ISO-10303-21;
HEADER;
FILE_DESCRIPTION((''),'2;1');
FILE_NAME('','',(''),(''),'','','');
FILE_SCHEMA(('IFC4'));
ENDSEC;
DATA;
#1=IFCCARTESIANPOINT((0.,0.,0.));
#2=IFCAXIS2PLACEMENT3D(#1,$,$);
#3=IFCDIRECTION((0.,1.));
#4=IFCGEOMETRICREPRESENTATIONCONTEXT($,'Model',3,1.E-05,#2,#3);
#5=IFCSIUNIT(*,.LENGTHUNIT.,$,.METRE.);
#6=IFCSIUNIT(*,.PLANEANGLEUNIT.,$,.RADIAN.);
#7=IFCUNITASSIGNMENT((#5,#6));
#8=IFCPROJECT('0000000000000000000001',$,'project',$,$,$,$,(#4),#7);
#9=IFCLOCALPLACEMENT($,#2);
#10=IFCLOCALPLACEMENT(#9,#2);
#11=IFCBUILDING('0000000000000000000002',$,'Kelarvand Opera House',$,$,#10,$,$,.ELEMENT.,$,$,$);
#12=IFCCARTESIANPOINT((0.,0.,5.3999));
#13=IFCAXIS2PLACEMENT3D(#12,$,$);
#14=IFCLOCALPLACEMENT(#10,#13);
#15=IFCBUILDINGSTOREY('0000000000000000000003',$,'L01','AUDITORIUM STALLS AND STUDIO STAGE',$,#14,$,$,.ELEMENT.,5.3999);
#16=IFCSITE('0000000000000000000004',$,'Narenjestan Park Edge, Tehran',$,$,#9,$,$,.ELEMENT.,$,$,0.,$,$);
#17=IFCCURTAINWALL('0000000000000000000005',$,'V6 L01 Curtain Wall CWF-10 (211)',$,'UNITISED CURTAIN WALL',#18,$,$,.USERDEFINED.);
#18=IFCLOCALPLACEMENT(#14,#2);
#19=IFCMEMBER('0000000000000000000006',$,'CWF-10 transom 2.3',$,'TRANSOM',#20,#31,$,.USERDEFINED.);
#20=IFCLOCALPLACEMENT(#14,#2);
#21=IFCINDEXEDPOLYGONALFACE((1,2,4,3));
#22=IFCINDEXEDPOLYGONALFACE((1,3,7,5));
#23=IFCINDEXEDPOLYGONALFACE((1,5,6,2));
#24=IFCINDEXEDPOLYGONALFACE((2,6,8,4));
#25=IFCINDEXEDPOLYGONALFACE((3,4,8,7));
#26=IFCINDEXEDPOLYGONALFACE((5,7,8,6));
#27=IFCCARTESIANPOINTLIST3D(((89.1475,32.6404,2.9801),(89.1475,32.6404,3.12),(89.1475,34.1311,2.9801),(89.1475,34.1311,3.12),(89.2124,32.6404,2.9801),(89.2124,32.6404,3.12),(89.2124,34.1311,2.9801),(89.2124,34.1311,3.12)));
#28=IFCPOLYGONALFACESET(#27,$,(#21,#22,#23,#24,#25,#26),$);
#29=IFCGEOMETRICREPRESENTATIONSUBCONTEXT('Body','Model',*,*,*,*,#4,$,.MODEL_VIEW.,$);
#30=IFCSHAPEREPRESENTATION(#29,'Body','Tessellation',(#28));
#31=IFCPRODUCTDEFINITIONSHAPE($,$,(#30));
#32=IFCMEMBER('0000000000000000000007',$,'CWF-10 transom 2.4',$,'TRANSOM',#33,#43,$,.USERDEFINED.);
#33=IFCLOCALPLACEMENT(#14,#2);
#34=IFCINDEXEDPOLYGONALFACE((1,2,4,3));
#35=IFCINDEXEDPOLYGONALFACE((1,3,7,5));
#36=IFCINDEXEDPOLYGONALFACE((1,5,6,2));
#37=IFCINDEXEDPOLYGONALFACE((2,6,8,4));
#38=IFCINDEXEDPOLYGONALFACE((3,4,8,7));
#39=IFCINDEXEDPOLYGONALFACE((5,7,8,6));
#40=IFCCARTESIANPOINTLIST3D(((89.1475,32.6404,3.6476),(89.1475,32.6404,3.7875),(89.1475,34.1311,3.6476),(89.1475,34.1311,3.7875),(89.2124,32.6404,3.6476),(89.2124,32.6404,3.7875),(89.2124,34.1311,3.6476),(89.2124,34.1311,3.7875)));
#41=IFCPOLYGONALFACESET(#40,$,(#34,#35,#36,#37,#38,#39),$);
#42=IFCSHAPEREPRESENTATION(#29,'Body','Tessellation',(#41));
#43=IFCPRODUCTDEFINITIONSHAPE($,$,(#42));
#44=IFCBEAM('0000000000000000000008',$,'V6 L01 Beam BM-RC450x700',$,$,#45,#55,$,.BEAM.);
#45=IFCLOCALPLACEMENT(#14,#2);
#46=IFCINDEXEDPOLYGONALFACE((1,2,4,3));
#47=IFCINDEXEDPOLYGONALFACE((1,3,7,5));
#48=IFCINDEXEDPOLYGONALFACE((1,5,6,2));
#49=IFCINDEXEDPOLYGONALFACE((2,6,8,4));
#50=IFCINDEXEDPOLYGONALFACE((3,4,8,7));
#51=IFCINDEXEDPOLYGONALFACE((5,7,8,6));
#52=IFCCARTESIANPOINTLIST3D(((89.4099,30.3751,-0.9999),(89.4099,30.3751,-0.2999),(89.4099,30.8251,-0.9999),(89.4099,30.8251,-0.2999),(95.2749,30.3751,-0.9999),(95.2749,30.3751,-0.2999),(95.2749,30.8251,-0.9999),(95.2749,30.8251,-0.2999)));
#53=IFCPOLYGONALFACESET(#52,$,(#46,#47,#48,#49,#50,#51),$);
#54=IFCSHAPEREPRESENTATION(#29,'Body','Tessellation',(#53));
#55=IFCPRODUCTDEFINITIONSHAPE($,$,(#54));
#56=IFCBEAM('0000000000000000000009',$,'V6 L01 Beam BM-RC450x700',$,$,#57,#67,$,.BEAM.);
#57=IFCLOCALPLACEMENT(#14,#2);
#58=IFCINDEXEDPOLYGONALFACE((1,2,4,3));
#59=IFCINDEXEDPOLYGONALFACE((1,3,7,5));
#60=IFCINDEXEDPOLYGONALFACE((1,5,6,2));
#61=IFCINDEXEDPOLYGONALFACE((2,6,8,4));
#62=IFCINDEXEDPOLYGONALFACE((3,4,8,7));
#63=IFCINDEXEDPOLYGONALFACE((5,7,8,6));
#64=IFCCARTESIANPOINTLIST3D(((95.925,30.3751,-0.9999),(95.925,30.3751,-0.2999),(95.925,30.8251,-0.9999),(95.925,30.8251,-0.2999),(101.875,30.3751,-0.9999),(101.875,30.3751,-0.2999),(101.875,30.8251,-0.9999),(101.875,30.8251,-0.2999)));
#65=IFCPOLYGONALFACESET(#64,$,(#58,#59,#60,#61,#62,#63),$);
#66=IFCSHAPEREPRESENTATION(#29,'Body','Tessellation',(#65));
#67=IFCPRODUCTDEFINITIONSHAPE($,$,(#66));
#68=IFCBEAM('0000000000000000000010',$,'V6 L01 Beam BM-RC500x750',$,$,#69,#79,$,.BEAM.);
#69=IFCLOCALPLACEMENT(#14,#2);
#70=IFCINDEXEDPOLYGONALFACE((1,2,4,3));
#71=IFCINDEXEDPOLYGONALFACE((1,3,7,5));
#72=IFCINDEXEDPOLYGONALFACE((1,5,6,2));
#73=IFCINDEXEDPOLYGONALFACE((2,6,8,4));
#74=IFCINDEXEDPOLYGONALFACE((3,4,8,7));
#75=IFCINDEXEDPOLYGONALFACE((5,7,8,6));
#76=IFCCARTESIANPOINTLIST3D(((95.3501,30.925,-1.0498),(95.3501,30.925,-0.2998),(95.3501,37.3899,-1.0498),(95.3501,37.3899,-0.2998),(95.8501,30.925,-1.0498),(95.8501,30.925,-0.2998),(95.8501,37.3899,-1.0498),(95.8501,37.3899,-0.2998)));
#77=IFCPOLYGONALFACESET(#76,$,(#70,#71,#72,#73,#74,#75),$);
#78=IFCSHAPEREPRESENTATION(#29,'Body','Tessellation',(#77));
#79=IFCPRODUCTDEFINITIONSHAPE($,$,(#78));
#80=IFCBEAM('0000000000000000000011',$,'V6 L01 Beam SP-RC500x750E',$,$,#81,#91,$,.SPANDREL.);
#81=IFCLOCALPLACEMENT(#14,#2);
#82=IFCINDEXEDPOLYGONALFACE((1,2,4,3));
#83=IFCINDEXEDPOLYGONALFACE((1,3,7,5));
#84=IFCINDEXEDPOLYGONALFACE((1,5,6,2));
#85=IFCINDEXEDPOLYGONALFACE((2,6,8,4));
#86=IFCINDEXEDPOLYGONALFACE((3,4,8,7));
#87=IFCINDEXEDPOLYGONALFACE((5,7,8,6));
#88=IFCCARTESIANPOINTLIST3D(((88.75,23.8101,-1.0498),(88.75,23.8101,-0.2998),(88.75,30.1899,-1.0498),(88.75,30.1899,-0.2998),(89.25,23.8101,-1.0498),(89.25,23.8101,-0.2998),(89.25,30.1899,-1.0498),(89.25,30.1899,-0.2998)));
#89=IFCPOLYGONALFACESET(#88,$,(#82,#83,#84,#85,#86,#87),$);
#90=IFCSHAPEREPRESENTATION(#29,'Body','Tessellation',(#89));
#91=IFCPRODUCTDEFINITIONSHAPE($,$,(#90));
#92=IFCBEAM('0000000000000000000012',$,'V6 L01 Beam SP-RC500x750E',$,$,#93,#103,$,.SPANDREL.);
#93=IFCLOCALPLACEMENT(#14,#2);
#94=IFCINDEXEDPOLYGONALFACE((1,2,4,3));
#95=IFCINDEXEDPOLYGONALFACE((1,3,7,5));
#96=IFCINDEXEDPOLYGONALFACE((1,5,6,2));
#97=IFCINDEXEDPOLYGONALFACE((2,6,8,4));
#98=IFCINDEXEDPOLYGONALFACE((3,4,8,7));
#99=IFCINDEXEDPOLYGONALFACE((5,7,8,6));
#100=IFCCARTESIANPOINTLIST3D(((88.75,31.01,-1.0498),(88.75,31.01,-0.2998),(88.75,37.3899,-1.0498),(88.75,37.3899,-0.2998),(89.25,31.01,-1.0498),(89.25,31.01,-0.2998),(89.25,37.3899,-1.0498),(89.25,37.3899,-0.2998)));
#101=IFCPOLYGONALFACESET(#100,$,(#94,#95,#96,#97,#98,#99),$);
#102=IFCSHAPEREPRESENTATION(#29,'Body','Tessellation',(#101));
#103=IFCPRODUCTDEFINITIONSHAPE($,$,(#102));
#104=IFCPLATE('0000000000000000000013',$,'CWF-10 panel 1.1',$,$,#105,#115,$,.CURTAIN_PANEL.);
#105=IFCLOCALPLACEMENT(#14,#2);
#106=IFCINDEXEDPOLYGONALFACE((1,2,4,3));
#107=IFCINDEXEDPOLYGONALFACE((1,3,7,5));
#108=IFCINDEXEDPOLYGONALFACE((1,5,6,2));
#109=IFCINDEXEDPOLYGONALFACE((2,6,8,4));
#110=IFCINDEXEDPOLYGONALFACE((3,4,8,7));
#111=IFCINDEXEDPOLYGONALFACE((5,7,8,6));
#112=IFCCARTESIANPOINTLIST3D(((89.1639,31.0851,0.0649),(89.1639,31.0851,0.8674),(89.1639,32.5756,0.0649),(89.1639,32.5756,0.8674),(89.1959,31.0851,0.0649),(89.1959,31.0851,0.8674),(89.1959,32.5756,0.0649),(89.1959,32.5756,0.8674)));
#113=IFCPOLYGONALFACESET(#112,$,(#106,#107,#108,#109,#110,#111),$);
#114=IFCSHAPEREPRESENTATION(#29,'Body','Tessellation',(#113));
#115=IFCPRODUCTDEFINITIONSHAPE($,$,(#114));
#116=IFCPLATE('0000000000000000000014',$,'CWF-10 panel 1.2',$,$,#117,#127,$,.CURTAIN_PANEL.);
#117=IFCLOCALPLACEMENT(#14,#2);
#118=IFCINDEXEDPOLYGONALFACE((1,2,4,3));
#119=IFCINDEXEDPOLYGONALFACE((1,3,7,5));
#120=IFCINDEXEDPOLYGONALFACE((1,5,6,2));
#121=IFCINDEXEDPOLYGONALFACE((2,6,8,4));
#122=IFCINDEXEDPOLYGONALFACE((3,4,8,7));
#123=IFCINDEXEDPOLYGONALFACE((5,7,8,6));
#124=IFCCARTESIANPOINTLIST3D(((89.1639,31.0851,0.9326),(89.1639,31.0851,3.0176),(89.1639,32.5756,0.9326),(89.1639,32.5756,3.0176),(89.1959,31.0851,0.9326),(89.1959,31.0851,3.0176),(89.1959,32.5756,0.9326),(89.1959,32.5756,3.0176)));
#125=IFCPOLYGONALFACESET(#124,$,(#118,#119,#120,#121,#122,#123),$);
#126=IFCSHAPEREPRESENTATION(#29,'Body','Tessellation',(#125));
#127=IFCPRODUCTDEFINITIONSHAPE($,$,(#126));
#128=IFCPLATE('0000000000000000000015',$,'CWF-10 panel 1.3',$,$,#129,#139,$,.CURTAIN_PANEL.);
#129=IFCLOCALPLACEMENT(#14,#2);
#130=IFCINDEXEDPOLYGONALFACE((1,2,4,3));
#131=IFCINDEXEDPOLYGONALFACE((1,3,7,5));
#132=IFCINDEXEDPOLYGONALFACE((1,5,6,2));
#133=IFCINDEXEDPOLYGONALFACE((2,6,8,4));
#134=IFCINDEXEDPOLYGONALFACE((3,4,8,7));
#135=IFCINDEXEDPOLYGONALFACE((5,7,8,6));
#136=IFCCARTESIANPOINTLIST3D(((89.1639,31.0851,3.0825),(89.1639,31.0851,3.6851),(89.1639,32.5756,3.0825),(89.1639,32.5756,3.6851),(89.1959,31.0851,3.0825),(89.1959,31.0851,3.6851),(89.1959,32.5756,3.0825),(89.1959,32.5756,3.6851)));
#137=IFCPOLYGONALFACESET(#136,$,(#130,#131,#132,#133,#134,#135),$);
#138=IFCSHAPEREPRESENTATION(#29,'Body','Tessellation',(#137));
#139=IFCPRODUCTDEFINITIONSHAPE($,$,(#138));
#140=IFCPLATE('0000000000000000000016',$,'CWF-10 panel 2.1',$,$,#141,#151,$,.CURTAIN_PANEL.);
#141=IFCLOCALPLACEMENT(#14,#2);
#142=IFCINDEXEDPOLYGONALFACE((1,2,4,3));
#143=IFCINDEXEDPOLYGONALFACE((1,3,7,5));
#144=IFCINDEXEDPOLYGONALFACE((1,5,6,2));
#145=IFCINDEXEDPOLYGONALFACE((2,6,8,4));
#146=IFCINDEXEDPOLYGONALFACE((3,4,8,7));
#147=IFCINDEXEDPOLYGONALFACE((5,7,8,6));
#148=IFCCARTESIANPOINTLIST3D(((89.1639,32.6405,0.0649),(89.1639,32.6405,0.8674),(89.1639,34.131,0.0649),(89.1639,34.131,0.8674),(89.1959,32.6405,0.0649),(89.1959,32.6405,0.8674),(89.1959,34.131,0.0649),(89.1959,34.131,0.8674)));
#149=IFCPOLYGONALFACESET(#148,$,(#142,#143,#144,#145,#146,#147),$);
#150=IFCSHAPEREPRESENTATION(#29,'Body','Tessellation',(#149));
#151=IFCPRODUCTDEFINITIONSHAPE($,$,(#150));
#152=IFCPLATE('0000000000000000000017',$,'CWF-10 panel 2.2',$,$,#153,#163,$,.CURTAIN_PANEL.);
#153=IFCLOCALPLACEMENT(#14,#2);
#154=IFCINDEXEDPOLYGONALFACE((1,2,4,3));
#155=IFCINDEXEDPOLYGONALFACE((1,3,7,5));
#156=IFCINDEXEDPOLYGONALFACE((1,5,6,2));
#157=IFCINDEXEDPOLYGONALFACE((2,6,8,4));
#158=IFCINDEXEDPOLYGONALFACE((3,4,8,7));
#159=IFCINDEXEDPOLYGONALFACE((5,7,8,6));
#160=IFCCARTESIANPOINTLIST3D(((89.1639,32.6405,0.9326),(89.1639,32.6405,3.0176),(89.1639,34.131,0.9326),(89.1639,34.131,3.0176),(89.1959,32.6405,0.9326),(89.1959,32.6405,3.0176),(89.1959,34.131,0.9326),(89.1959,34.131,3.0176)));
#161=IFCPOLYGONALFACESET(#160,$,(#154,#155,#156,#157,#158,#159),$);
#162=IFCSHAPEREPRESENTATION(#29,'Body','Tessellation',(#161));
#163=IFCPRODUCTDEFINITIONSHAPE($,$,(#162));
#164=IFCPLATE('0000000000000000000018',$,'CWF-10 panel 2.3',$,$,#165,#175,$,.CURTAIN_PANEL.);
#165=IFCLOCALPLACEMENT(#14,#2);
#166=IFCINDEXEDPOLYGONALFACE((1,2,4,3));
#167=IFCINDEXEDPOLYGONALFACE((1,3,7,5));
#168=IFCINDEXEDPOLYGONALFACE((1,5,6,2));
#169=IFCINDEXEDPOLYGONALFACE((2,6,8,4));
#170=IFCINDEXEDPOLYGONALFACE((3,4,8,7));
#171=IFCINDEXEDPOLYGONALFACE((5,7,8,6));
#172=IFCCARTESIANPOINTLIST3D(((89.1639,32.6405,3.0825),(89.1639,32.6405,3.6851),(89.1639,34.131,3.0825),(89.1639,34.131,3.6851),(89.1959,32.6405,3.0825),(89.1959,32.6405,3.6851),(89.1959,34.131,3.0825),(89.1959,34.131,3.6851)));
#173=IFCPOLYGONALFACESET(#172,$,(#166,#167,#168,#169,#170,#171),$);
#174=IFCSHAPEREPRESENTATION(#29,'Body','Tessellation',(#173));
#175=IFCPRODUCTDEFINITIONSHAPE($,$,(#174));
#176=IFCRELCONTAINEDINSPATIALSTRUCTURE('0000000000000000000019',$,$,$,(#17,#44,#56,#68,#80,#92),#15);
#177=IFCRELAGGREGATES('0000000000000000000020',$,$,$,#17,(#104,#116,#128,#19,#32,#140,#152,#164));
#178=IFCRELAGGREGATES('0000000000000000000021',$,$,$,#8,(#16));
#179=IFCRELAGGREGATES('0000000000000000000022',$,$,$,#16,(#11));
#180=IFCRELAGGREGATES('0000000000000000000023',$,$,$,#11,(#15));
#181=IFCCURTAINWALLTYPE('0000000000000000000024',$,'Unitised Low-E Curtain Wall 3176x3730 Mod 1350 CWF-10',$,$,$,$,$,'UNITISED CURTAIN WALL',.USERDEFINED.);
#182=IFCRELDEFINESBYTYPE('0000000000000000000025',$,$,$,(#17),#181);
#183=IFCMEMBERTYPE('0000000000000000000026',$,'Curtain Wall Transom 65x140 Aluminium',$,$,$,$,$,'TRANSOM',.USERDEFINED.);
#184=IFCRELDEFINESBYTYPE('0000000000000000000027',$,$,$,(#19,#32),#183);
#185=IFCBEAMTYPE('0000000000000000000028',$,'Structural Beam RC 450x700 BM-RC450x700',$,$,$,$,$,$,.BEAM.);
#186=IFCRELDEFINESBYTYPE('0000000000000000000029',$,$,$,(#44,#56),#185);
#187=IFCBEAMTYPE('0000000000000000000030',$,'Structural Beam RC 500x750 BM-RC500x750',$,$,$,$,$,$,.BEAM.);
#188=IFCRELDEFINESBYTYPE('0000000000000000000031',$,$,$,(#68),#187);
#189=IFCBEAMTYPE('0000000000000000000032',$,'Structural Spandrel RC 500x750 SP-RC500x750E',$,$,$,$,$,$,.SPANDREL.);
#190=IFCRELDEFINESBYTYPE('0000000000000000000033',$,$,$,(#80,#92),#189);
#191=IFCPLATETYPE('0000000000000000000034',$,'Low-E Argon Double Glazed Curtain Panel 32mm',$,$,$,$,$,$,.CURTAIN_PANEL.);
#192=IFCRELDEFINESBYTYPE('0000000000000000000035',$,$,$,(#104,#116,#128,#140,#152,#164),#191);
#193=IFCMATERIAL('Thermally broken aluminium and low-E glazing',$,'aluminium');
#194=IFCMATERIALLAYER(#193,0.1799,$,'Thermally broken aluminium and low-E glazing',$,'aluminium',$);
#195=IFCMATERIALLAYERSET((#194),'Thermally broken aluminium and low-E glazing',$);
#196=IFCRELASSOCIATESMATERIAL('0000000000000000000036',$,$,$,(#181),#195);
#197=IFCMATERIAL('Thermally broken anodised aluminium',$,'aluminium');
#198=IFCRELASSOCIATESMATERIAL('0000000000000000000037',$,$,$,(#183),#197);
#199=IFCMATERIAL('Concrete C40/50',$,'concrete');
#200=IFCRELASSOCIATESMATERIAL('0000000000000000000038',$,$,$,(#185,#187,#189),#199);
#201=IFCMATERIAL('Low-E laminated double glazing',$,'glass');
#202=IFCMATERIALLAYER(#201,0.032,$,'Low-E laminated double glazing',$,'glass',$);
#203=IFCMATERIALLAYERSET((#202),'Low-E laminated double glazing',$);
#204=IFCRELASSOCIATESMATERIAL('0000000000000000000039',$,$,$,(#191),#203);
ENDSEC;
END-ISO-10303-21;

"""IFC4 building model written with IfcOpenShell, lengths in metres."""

from ifc_helpers import new_model, si_unit, direction, frame, origin, origin_2d, place, context, subcontext, project, spatial, rectangle, extrude, material, layer, layer_set, material_profile, profile_set, type_object, element, aggregate, save


model = new_model("IFC4")

# Units and contexts
model_context = context("Model", 3, precision=1e-05, world=origin(), true_north=direction((0.0, 1.0)))
body_context = subcontext(model_context, "Body", "Model", "MODEL_VIEW")
ifc_project = project(units=[si_unit("LENGTHUNIT", "METRE"), si_unit("PLANEANGLEUNIT", "RADIAN")], contexts=[model_context])

# Site, building, storey
site_placement = place(None, origin())
site = spatial("IfcSite", under=ifc_project, at=site_placement, Name="Narenjestan Park Edge, Tehran", CompositionType="ELEMENT", RefElevation=0.0)
building_placement = place(site_placement, origin())
building = spatial("IfcBuilding", under=site, at=building_placement, Name="Kelarvand Opera House", CompositionType="ELEMENT")
storey_placement = place(building_placement, frame((0.0, 0.0, 5.3999)))
storey = spatial("IfcBuildingStorey", under=building, at=storey_placement, Name="L01", Description="AUDITORIUM STALLS AND STUDIO STAGE", CompositionType="ELEMENT", Elevation=5.3999)

# Shared definitions
ifc_material_1 = material(Name="Concrete C40/50", Category="concrete")

# Shared definitions
ifc_material_2 = material(Name="Thermally broken aluminium and low-E glazing", Category="aluminium")
ifc_layer_1 = layer(ifc_material_2, 0.1799, Name="Thermally broken aluminium and low-E glazing", Category="aluminium")
ifc_layer_set_1 = layer_set([ifc_layer_1], Name="Thermally broken aluminium and low-E glazing")
curtain_wall_type = type_object("IfcCurtainWallType", Name="Unitised Low-E Curtain Wall 3176x3730 Mod 1350 CWF-10", ElementType="UNITISED CURTAIN WALL", PredefinedType="USERDEFINED", material=ifc_layer_set_1)
ifc_material_3 = material(Name="Thermally broken anodised aluminium", Category="aluminium")

# Curtain wall, members
curtain_wall_1_placement = place(storey_placement, origin())
curtain_wall_1 = element("IfcCurtainWall", 1, at=curtain_wall_1_placement, inside=storey, type_object=curtain_wall_type, Name="V6 L01 Curtain Wall CWF-10 (211)", ObjectType="UNITISED CURTAIN WALL", PredefinedType="USERDEFINED")
ifc_material_profile_1 = material_profile(ifc_material_3, rectangle(XDim=0.0649, YDim=0.1399, at=origin_2d()), Name="ALU TRANSOM 65x140", Category="aluminium")
ifc_profile_set_1 = profile_set([ifc_material_profile_1], Name="Thermally broken anodised aluminium")
member_type_1 = type_object("IfcMemberType", Name="Curtain Wall Transom 65x140 Aluminium", ElementType="TRANSOM", PredefinedType="USERDEFINED", material=ifc_profile_set_1)
member_1_placement = place(storey_placement, frame((89.1799, 32.6404, 3.05), z_axis=(0.0, 1.0, 0.0), x_axis=(-1.0, 0.0, 0.0)))
member_1 = element("IfcMember", 2, at=member_1_placement, type_object=member_type_1, Name="CWF-10 transom 2.3", ObjectType="TRANSOM", PredefinedType="USERDEFINED", context=body_context, shape_type="SweptSolid", body=[
    extrude(rectangle(XDim=0.0649, YDim=0.1399, at=origin_2d()), origin(), (0.0, 0.0, 1.0), 1.4907),
])
member_2_placement = place(storey_placement, frame((89.1799, 32.6404, 3.7175), z_axis=(0.0, 1.0, 0.0), x_axis=(-1.0, 0.0, 0.0)))
member_2 = element("IfcMember", 3, at=member_2_placement, type_object=member_type_1, Name="CWF-10 transom 2.4", ObjectType="TRANSOM", PredefinedType="USERDEFINED", context=body_context, shape_type="SweptSolid", body=[
    extrude(rectangle(XDim=0.0649, YDim=0.1399, at=origin_2d()), origin(), (0.0, 0.0, 1.0), 1.4907),
])

# Beams
ifc_material_profile_2 = material_profile(ifc_material_1, rectangle(XDim=0.45, YDim=0.7, at=origin_2d()), Name="RC 450x700", Category="concrete")
ifc_profile_set_2 = profile_set([ifc_material_profile_2], Name="Concrete C40/50")
beam_type_1 = type_object("IfcBeamType", Name="Structural Beam RC 450x700 BM-RC450x700", PredefinedType="BEAM", material=ifc_profile_set_2)
beam_1_placement = place(storey_placement, frame((89.4099, 30.6001, -0.6499), z_axis=(1.0, 0.0, 0.0), x_axis=(0.0, 1.0, 0.0)))
element("IfcBeam", 4, at=beam_1_placement, inside=storey, type_object=beam_type_1, Name="V6 L01 Beam BM-RC450x700", PredefinedType="BEAM", context=body_context, shape_type="SweptSolid", body=[
    extrude(rectangle(XDim=0.45, YDim=0.7, at=origin_2d()), origin(), (0.0, 0.0, 1.0), 5.865),
])
beam_2_placement = place(storey_placement, frame((95.925, 30.6001, -0.6499), z_axis=(1.0, 0.0, 0.0), x_axis=(0.0, 1.0, 0.0)))
element("IfcBeam", 5, at=beam_2_placement, inside=storey, type_object=beam_type_1, Name="V6 L01 Beam BM-RC450x700", PredefinedType="BEAM", context=body_context, shape_type="SweptSolid", body=[
    extrude(rectangle(XDim=0.45, YDim=0.7, at=origin_2d()), origin(), (0.0, 0.0, 1.0), 5.95),
])
ifc_material_profile_3 = material_profile(ifc_material_1, rectangle(XDim=0.5, YDim=0.75, at=origin_2d()), Name="RC 500x750", Category="concrete")
ifc_profile_set_3 = profile_set([ifc_material_profile_3], Name="Concrete C40/50")
beam_type_2 = type_object("IfcBeamType", Name="Structural Beam RC 500x750 BM-RC500x750", PredefinedType="BEAM", material=ifc_profile_set_3)
beam_3_placement = place(storey_placement, frame((95.6001, 30.925, -0.6748), z_axis=(0.0, 1.0, 0.0), x_axis=(-1.0, 0.0, 0.0)))
element("IfcBeam", 6, at=beam_3_placement, inside=storey, type_object=beam_type_2, Name="V6 L01 Beam BM-RC500x750", PredefinedType="BEAM", context=body_context, shape_type="SweptSolid", body=[
    extrude(rectangle(XDim=0.5, YDim=0.75, at=origin_2d()), origin(), (0.0, 0.0, 1.0), 6.4648),
])
ifc_material_profile_4 = material_profile(ifc_material_1, rectangle(XDim=0.5, YDim=0.75, at=origin_2d()), Name="RC 500x750", Category="concrete")
ifc_profile_set_4 = profile_set([ifc_material_profile_4], Name="Concrete C40/50")
beam_type_3 = type_object("IfcBeamType", Name="Structural Spandrel RC 500x750 SP-RC500x750E", PredefinedType="SPANDREL", material=ifc_profile_set_4)
for number, where, z_axis, x_axis, name in (
    (7, (89.0, 23.8101, -0.6748), (0.0, 1.0, 0.0), (-1.0, 0.0, 0.0), "V6 L01 Beam SP-RC500x750E"),
    (8, (89.0, 31.01, -0.6748), (0.0, 1.0, 0.0), (-1.0, 0.0, 0.0), "V6 L01 Beam SP-RC500x750E"),
):
    element("IfcBeam", number, at=place(storey_placement, frame(where, z_axis=z_axis, x_axis=x_axis)), inside=storey, type_object=beam_type_3, Name=name, PredefinedType="SPANDREL", context=body_context, shape_type="SweptSolid", body=[
        extrude(rectangle(XDim=0.5, YDim=0.75, at=origin_2d()), origin(), (0.0, 0.0, 1.0), 6.3799),
    ])

# Plates
ifc_material_4 = material(Name="Low-E laminated double glazing", Category="glass")
ifc_layer_2 = layer(ifc_material_4, 0.032, Name="Low-E laminated double glazing", Category="glass")
ifc_layer_set_2 = layer_set([ifc_layer_2], Name="Low-E laminated double glazing")
plate_type = type_object("IfcPlateType", Name="Low-E Argon Double Glazed Curtain Panel 32mm", PredefinedType="CURTAIN_PANEL", material=ifc_layer_set_2)
plate_1_placement = place(storey_placement, frame((89.1799, 31.8303, 0.0649), z_axis=(0.0, 0.0, 1.0), x_axis=(0.0, 1.0, 0.0)))
plate_1 = element("IfcPlate", 9, at=plate_1_placement, type_object=plate_type, Name="CWF-10 panel 1.1", PredefinedType="CURTAIN_PANEL", context=body_context, shape_type="SweptSolid", body=[
    extrude(rectangle(XDim=1.4905, YDim=0.032, at=origin_2d()), origin(), (0.0, 0.0, 1.0), 0.8025),
])
plate_2_placement = place(storey_placement, frame((89.1799, 31.8303, 0.9326), z_axis=(0.0, 0.0, 1.0), x_axis=(0.0, 1.0, 0.0)))
plate_2 = element("IfcPlate", 10, at=plate_2_placement, type_object=plate_type, Name="CWF-10 panel 1.2", PredefinedType="CURTAIN_PANEL", context=body_context, shape_type="SweptSolid", body=[
    extrude(rectangle(XDim=1.4905, YDim=0.032, at=origin_2d()), origin(), (0.0, 0.0, 1.0), 2.085),
])
plate_3_placement = place(storey_placement, frame((89.1799, 31.8303, 3.0825), z_axis=(0.0, 0.0, 1.0), x_axis=(0.0, 1.0, 0.0)))
plate_3 = element("IfcPlate", 11, at=plate_3_placement, type_object=plate_type, Name="CWF-10 panel 1.3", PredefinedType="CURTAIN_PANEL", context=body_context, shape_type="SweptSolid", body=[
    extrude(rectangle(XDim=1.4905, YDim=0.032, at=origin_2d()), origin(), (0.0, 0.0, 1.0), 0.6025),
])
plate_4_placement = place(storey_placement, frame((89.1799, 33.3857, 0.0649), z_axis=(0.0, 0.0, 1.0), x_axis=(0.0, 1.0, 0.0)))
plate_4 = element("IfcPlate", 12, at=plate_4_placement, type_object=plate_type, Name="CWF-10 panel 2.1", PredefinedType="CURTAIN_PANEL", context=body_context, shape_type="SweptSolid", body=[
    extrude(rectangle(XDim=1.4905, YDim=0.032, at=origin_2d()), origin(), (0.0, 0.0, 1.0), 0.8025),
])
plate_5_placement = place(storey_placement, frame((89.1799, 33.3857, 0.9326), z_axis=(0.0, 0.0, 1.0), x_axis=(0.0, 1.0, 0.0)))
plate_5 = element("IfcPlate", 13, at=plate_5_placement, type_object=plate_type, Name="CWF-10 panel 2.2", PredefinedType="CURTAIN_PANEL", context=body_context, shape_type="SweptSolid", body=[
    extrude(rectangle(XDim=1.4905, YDim=0.032, at=origin_2d()), origin(), (0.0, 0.0, 1.0), 2.085),
])
plate_6_placement = place(storey_placement, frame((89.1799, 33.3857, 3.0825), z_axis=(0.0, 0.0, 1.0), x_axis=(0.0, 1.0, 0.0)))
plate_6 = element("IfcPlate", 14, at=plate_6_placement, type_object=plate_type, Name="CWF-10 panel 2.3", PredefinedType="CURTAIN_PANEL", context=body_context, shape_type="SweptSolid", body=[
    extrude(rectangle(XDim=1.4905, YDim=0.032, at=origin_2d()), origin(), (0.0, 0.0, 1.0), 0.6025),
])
aggregate(curtain_wall_1, [plate_1, plate_2, plate_3, member_1, member_2, plate_4, plate_5, plate_6])

save(model, "model.ifc")
